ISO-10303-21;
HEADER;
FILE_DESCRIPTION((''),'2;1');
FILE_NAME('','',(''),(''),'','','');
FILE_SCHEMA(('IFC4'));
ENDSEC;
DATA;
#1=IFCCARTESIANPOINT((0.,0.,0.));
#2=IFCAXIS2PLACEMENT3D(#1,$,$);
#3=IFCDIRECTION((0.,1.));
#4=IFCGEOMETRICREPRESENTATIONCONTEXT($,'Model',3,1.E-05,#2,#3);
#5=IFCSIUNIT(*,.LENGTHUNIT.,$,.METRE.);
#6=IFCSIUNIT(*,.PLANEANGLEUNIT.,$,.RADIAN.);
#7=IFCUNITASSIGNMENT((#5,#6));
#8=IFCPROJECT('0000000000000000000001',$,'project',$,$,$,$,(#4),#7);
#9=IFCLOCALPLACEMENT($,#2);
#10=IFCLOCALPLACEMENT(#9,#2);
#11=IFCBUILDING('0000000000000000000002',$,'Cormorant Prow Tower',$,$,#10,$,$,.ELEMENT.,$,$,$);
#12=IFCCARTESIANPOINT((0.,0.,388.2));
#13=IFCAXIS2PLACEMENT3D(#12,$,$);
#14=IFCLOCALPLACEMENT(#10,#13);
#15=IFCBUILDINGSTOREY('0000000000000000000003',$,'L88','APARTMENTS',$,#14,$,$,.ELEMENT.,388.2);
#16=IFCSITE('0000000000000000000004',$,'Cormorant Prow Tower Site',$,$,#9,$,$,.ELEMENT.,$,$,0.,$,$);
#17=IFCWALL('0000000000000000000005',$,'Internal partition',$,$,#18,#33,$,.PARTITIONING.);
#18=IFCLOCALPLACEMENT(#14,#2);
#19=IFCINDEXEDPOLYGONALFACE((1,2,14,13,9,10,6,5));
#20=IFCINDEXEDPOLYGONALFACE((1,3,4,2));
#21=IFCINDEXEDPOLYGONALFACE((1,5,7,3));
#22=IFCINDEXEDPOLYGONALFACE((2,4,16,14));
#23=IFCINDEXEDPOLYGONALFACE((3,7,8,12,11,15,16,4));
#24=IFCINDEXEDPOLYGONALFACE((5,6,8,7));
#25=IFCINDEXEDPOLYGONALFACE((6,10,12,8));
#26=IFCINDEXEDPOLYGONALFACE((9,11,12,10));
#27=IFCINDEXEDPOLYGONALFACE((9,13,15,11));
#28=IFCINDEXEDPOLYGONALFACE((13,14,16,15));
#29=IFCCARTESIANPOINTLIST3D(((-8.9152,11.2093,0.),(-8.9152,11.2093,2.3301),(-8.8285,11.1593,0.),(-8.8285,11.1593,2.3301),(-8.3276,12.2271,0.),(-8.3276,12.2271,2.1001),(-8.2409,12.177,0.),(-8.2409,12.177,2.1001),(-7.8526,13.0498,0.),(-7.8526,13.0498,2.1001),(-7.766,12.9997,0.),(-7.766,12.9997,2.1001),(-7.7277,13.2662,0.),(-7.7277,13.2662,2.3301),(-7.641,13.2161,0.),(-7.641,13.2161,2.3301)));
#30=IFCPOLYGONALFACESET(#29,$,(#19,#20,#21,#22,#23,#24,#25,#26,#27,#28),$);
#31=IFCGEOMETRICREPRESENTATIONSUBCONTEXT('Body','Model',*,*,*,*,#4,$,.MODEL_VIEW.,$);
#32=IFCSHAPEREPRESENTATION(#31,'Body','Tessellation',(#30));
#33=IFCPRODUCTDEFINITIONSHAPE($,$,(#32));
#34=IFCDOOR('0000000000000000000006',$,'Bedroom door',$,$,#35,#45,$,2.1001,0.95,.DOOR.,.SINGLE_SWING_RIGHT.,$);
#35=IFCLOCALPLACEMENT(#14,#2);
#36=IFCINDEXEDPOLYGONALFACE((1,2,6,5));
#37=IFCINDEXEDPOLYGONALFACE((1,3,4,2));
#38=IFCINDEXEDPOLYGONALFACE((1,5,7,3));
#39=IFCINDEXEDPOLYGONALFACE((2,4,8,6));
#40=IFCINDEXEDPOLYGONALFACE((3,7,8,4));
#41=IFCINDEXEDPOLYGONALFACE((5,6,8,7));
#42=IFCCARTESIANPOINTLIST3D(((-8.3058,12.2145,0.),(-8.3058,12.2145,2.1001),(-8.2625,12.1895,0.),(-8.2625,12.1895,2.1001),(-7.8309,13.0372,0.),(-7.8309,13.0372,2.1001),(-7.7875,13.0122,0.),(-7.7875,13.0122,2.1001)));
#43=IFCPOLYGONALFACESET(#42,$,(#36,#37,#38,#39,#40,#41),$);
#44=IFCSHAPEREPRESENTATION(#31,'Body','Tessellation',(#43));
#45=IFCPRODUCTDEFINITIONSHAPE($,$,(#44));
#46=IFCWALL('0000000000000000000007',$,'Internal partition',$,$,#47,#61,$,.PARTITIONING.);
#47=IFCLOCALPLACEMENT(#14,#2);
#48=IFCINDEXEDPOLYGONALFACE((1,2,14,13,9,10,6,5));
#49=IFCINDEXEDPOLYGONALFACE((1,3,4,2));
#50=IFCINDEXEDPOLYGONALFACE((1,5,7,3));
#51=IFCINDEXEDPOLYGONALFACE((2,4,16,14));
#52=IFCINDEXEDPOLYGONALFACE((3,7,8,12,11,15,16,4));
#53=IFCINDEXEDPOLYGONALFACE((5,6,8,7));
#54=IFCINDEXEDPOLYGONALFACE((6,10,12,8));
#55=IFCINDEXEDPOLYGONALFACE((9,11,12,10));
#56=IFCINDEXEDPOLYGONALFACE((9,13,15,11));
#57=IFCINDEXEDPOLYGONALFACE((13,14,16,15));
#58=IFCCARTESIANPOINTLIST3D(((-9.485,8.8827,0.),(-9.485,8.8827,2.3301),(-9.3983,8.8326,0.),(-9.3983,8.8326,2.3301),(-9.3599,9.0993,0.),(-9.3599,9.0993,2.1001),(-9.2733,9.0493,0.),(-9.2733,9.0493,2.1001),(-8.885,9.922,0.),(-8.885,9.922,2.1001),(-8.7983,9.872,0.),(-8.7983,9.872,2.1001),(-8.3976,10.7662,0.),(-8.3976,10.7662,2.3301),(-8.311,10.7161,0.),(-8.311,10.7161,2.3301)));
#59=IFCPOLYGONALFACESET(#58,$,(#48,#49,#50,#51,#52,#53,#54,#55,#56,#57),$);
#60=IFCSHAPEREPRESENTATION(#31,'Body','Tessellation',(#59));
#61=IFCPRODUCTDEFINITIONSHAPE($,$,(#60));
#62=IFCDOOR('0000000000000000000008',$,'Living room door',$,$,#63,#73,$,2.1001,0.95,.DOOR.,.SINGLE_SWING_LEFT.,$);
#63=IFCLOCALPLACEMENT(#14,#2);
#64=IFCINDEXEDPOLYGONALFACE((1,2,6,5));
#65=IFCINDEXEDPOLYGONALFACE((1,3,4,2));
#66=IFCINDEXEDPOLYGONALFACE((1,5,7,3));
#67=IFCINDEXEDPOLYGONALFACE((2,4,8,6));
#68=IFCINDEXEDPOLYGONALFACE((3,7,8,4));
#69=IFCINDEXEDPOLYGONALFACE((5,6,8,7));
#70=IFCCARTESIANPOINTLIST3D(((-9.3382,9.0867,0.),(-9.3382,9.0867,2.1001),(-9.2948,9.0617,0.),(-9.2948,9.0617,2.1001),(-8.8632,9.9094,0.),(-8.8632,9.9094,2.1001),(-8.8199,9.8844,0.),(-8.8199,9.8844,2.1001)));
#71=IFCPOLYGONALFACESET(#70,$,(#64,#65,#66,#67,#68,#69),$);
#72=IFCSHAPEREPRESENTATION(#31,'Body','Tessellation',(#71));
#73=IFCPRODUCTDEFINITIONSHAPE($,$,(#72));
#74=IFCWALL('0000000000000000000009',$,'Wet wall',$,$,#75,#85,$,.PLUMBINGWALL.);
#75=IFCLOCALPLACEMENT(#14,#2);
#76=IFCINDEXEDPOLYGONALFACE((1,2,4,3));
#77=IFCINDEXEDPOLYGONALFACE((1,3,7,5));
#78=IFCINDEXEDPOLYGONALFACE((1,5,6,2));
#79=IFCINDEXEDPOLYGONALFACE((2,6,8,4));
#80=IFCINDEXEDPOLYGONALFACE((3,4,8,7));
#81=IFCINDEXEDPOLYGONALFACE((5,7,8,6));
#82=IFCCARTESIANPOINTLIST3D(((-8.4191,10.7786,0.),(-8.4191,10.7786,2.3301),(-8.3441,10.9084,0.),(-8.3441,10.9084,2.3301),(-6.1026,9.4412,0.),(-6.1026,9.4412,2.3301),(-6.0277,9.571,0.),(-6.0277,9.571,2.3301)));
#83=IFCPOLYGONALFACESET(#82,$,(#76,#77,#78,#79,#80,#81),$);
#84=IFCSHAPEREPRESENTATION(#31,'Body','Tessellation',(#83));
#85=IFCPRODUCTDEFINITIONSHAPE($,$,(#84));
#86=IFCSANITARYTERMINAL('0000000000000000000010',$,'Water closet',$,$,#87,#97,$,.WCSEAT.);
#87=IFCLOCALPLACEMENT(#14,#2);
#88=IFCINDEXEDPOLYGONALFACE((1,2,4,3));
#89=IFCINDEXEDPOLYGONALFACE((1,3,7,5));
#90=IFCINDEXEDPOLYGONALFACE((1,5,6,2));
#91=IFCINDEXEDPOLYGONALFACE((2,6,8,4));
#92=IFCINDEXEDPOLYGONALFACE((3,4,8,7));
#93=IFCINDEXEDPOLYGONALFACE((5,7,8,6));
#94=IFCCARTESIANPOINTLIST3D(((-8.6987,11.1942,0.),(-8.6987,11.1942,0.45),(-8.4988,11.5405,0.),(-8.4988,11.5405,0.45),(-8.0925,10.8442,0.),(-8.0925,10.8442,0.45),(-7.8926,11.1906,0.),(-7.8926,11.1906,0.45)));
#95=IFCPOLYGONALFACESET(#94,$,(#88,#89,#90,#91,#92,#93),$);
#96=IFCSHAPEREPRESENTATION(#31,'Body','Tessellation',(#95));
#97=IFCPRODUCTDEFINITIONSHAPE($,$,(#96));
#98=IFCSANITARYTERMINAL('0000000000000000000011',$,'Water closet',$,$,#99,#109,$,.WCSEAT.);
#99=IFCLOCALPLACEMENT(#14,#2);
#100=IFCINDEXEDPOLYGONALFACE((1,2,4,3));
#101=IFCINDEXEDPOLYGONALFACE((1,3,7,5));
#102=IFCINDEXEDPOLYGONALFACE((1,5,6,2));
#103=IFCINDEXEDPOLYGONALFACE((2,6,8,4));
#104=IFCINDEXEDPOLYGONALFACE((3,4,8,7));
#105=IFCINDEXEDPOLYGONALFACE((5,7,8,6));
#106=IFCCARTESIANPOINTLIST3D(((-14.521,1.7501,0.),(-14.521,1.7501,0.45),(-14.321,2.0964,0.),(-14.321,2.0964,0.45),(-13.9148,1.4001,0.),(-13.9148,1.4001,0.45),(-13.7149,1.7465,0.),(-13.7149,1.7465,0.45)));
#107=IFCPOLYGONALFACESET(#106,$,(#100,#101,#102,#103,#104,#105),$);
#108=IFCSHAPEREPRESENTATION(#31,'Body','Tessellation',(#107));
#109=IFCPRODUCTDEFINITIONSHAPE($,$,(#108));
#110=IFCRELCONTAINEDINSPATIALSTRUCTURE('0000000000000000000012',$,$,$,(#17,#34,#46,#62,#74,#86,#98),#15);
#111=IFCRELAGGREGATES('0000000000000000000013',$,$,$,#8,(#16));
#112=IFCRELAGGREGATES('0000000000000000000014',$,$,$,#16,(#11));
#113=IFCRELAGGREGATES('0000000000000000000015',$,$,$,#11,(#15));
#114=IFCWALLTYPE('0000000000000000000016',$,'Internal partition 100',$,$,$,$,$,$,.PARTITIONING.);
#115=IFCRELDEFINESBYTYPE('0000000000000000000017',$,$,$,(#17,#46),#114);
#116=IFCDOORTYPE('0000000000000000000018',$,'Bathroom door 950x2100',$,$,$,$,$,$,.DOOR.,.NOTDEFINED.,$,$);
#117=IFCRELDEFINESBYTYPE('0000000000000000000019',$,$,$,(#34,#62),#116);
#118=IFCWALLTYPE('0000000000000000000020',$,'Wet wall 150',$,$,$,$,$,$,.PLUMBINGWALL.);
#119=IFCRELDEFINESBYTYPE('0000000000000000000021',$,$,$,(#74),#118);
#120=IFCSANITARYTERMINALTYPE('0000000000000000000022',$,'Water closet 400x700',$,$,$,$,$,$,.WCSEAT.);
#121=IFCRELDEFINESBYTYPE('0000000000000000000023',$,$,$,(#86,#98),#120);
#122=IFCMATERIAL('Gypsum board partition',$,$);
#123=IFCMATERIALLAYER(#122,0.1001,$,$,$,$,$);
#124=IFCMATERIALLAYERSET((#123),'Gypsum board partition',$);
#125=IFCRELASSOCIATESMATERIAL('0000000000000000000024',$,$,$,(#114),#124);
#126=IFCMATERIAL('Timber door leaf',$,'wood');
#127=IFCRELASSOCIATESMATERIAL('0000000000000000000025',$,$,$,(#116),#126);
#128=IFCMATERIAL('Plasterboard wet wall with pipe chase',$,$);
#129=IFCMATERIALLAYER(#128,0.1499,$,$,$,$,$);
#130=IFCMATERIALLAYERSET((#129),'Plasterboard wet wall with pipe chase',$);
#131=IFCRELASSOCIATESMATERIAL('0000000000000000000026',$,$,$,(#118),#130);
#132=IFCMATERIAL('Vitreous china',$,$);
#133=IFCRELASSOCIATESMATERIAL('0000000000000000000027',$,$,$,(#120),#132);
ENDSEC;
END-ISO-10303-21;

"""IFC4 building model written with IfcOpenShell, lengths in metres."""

from ifc_helpers import new_model, si_unit, direction, frame, frame_2d, origin, origin_2d, place, context, subcontext, project, spatial, rectangle, extrude, material, layer, layer_set, type_object, element, fill, save


model = new_model("IFC4")

# Units and contexts
model_context = context("Model", 3, precision=1e-05, world=origin(), true_north=direction((0.0, 1.0)))
body_context = subcontext(model_context, "Body", "Model", "MODEL_VIEW")
ifc_project = project(units=[si_unit("LENGTHUNIT", "METRE"), si_unit("PLANEANGLEUNIT", "RADIAN")], contexts=[model_context])

# Site, building, storey
site_placement = place(None, origin())
site = spatial("IfcSite", under=ifc_project, at=site_placement, Name="Cormorant Prow Tower Site", CompositionType="ELEMENT", RefElevation=0.0)
building_placement = place(site_placement, origin())
building = spatial("IfcBuilding", under=site, at=building_placement, Name="Cormorant Prow Tower", CompositionType="ELEMENT")
storey_placement = place(building_placement, frame((0.0, 0.0, 388.2)))
storey = spatial("IfcBuildingStorey", under=building, at=storey_placement, Name="L88", Description="APARTMENTS", CompositionType="ELEMENT", Elevation=388.2)

# Shared definitions
ifc_material_1 = material(Name="Gypsum board partition")
ifc_layer_1 = layer(ifc_material_1, 0.1001)
ifc_layer_set_1 = layer_set([ifc_layer_1], Name="Gypsum board partition")
wall_type_1 = type_object("IfcWallType", Name="Internal partition 100", PredefinedType="PARTITIONING", material=ifc_layer_set_1)
ifc_material_2 = material(Name="Timber door leaf", Category="wood")
door_type_1 = type_object("IfcDoorType", Name="Bathroom door 950x2100", OperationType="NOTDEFINED", PredefinedType="DOOR", material=ifc_material_2)

# Walls, openings, doors
wall_1_placement = place(storey_placement, frame((-8.8718, 11.1843, 0.0), z_axis=(0.0, 0.0, 1.0), x_axis=(0.499986, 0.866033, 0.0)))
wall_1 = element("IfcWall", 1, at=wall_1_placement, inside=storey, type_object=wall_type_1, Name="Internal partition", PredefinedType="PARTITIONING", context=body_context, shape_type="SweptSolid", body=[
    extrude(rectangle(XDim=2.375, YDim=0.1001, at=frame_2d((1.1875, 0.0))), origin(), (0.0, 0.0, 1.0), 2.3301),
])
opening_1_placement = place(wall_1_placement, frame((1.175, 0.0, 0.0)))
opening_1 = element("IfcOpeningElement", 2, at=opening_1_placement, cuts=wall_1, PredefinedType="OPENING", context=body_context, shape_type="SweptSolid", body=[
    extrude(rectangle(XDim=0.95, YDim=2.1001, at=frame_2d((0.4751, 1.05))), frame((0.0, 0.0601, 0.0), z_axis=(0.0, -1.0, 0.0), x_axis=(1.0, 0.0, 0.0)), (0.0, 0.0, 1.0), 0.1201),
])
door_1_placement = place(opening_1_placement, origin())
door_1 = element("IfcDoor", 3, at=door_1_placement, inside=storey, type_object=door_type_1, Name="Bedroom door", OperationType="SINGLE_SWING_RIGHT", OverallHeight=2.1001, OverallWidth=0.95, PredefinedType="DOOR", context=body_context, shape_type="SweptSolid", body=[
    extrude(rectangle(XDim=0.95, YDim=2.1001, at=frame_2d((0.4751, 1.05))), frame((0.0, 0.0249, 0.0), z_axis=(0.0, -1.0, 0.0), x_axis=(1.0, 0.0, 0.0)), (0.0, 0.0, 1.0), 0.05),
])
fill(opening_1, door_1)
wall_2_placement = place(storey_placement, frame((-9.4417, 8.8577, 0.0), z_axis=(0.0, 0.0, 1.0), x_axis=(0.499978, 0.866038, 0.0)))
wall_2 = element("IfcWall", 4, at=wall_2_placement, inside=storey, type_object=wall_type_1, Name="Internal partition", PredefinedType="PARTITIONING", context=body_context, shape_type="SweptSolid", body=[
    extrude(rectangle(XDim=2.1748, YDim=0.1001, at=frame_2d((1.0874, 0.0))), origin(), (0.0, 0.0, 1.0), 2.3301),
])
opening_2_placement = place(wall_2_placement, frame((0.25, 0.0, 0.0)))
opening_2 = element("IfcOpeningElement", 5, at=opening_2_placement, cuts=wall_2, PredefinedType="OPENING", context=body_context, shape_type="SweptSolid", body=[
    extrude(rectangle(XDim=0.95, YDim=2.1001, at=frame_2d((0.4751, 1.05))), frame((0.0, 0.0601, 0.0), z_axis=(0.0, -1.0, 0.0), x_axis=(1.0, 0.0, 0.0)), (0.0, 0.0, 1.0), 0.1201),
])
door_2_placement = place(opening_2_placement, origin())
door_2 = element("IfcDoor", 6, at=door_2_placement, inside=storey, type_object=door_type_1, Name="Living room door", OperationType="SINGLE_SWING_LEFT", OverallHeight=2.1001, OverallWidth=0.95, PredefinedType="DOOR", context=body_context, shape_type="SweptSolid", body=[
    extrude(rectangle(XDim=0.95, YDim=2.1001, at=frame_2d((0.4751, 1.05))), frame((0.0, 0.0249, 0.0), z_axis=(0.0, -1.0, 0.0), x_axis=(1.0, 0.0, 0.0)), (0.0, 0.0, 1.0), 0.05),
])
fill(opening_2, door_2)

# Wall
ifc_material_3 = material(Name="Plasterboard wet wall with pipe chase")
ifc_layer_2 = layer(ifc_material_3, 0.1499)
ifc_layer_set_2 = layer_set([ifc_layer_2], Name="Plasterboard wet wall with pipe chase")
wall_type_2 = type_object("IfcWallType", Name="Wet wall 150", PredefinedType="PLUMBINGWALL", material=ifc_layer_set_2)
wall_3_placement = place(storey_placement, frame((-8.3816, 10.8435, 0.0), z_axis=(0.0, 0.0, 1.0), x_axis=(0.866021, -0.500007, 0.0)))
element("IfcWall", 7, at=wall_3_placement, inside=storey, type_object=wall_type_2, Name="Wet wall", PredefinedType="PLUMBINGWALL", context=body_context, shape_type="SweptSolid", body=[
    extrude(rectangle(XDim=2.6748, YDim=0.1499, at=frame_2d((1.3374, 0.0))), origin(), (0.0, 0.0, 1.0), 2.3301),
])

# Sanitary terminals
ifc_material_4 = material(Name="Vitreous china")
sanitary_terminal_type = type_object("IfcSanitaryTerminalType", Name="Water closet 400x700", PredefinedType="WCSEAT", material=ifc_material_4)
for number, where, z_axis, x_axis, name in (
    (8, (-8.2957, 11.1924, 0.0), (0.0, 0.0, 1.0), (0.5, 0.866025, 0.0), "Water closet"),
    (9, (-14.1179, 1.7483, 0.0), (0.0, 0.0, 1.0), (-0.5, -0.866025, 0.0), "Water closet"),
):
    element("IfcSanitaryTerminal", number, at=place(storey_placement, frame(where, z_axis=z_axis, x_axis=x_axis)), inside=storey, type_object=sanitary_terminal_type, Name=name, PredefinedType="WCSEAT", context=body_context, shape_type="SweptSolid", body=[
        extrude(rectangle(XDim=0.3999, YDim=0.7, at=origin_2d()), origin(), (0.0, 0.0, 1.0), 0.45),
    ])

save(model, "model.ifc")
